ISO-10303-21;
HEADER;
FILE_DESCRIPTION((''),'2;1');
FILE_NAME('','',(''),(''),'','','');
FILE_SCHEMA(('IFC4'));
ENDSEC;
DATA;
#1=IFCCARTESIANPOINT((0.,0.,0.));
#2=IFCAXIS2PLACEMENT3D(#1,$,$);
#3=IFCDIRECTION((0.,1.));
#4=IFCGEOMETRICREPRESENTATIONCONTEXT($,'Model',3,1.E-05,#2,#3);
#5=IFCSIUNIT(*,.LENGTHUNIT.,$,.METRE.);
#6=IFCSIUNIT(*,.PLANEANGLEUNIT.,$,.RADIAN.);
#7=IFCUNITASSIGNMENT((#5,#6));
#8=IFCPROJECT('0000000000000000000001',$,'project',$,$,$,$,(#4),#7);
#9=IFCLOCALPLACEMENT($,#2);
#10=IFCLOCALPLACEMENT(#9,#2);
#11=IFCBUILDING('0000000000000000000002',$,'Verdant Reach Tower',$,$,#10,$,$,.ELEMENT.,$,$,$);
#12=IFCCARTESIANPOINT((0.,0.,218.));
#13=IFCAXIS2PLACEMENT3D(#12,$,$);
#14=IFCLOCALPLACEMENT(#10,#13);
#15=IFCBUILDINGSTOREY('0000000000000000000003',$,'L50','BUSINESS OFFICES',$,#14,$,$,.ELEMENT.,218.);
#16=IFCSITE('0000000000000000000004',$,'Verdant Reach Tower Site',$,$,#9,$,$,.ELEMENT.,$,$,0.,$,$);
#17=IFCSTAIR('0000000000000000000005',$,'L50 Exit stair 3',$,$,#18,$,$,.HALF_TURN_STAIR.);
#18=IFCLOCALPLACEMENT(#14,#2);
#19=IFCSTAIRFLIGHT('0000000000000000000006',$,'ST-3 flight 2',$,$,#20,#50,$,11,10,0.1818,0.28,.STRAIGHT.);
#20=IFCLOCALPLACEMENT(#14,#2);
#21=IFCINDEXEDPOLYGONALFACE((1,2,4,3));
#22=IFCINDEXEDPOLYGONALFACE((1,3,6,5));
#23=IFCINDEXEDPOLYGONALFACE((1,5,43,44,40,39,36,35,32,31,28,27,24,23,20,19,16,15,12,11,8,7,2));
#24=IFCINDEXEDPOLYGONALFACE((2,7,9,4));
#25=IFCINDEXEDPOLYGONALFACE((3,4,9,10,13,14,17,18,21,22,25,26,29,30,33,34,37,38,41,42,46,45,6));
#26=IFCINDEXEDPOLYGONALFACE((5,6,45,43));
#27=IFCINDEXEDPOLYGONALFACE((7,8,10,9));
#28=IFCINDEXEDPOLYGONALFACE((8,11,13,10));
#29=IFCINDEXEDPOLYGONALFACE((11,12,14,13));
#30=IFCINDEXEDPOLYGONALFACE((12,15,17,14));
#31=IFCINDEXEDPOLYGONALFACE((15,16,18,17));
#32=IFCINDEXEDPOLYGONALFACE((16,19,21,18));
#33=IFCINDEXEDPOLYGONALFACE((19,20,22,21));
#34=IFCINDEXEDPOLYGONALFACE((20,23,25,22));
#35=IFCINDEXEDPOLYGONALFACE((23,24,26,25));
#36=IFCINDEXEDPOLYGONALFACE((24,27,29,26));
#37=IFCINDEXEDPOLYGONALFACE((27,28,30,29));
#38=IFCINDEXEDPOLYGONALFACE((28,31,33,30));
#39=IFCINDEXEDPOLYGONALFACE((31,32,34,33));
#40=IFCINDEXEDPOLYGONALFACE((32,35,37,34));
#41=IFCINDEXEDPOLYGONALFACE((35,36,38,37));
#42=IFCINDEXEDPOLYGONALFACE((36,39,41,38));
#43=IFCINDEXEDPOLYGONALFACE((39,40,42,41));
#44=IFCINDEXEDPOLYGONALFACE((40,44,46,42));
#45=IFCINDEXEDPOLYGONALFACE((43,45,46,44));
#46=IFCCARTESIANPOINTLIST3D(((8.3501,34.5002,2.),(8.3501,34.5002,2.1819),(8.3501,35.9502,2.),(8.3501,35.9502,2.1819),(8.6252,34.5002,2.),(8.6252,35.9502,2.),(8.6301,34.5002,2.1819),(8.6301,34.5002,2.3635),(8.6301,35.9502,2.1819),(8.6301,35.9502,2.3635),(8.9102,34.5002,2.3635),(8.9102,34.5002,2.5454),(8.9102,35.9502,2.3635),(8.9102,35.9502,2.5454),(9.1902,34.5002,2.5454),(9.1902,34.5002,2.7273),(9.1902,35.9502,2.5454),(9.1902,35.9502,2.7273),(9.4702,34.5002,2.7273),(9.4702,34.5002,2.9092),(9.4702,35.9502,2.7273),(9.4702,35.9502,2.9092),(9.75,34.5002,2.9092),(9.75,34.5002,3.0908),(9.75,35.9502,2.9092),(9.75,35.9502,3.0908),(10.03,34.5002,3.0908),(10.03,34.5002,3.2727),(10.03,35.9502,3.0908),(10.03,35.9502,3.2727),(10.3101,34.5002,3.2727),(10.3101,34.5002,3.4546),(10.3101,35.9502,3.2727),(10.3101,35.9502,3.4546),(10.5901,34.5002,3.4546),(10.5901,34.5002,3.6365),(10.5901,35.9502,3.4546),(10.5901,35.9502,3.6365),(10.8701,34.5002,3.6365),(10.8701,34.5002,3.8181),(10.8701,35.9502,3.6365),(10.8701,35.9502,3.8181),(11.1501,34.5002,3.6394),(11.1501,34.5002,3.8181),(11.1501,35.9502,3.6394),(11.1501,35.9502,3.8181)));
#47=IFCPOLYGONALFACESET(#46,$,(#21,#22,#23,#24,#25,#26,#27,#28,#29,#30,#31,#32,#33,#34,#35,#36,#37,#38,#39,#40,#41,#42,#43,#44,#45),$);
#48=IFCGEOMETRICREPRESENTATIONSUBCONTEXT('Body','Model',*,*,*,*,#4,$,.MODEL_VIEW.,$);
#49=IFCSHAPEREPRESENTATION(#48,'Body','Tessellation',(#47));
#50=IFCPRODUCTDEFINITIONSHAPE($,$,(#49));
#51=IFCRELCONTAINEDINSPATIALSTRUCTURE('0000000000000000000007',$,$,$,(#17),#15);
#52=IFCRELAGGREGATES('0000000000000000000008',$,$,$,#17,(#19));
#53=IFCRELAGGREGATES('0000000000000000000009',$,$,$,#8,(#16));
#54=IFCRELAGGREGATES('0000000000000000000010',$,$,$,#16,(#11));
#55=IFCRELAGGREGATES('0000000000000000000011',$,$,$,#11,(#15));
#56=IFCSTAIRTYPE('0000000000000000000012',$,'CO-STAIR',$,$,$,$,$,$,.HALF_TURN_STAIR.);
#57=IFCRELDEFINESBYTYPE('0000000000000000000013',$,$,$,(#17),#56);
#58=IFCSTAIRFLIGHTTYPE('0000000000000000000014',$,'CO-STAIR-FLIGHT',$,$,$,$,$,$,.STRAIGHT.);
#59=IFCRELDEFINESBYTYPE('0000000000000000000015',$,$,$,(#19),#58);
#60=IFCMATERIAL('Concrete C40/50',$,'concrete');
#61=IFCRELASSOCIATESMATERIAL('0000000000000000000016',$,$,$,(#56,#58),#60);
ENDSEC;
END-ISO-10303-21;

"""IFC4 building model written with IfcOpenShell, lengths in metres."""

from ifc_helpers import new_model, si_unit, direction, frame, origin, place, context, subcontext, project, spatial, polyline, outline, extrude, material, type_object, element, aggregate, save


model = new_model("IFC4")

# Units and contexts
model_context = context("Model", 3, precision=1e-05, world=origin(), true_north=direction((0.0, 1.0)))
body_context = subcontext(model_context, "Body", "Model", "MODEL_VIEW")
ifc_project = project(units=[si_unit("LENGTHUNIT", "METRE"), si_unit("PLANEANGLEUNIT", "RADIAN")], contexts=[model_context])

# Site, building, storey
site_placement = place(None, origin())
site = spatial("IfcSite", under=ifc_project, at=site_placement, Name="Verdant Reach Tower Site", CompositionType="ELEMENT", RefElevation=0.0)
building_placement = place(site_placement, origin())
building = spatial("IfcBuilding", under=site, at=building_placement, Name="Verdant Reach Tower", CompositionType="ELEMENT")
storey_placement = place(building_placement, frame((0.0, 0.0, 218.0)))
storey = spatial("IfcBuildingStorey", under=building, at=storey_placement, Name="L50", Description="BUSINESS OFFICES", CompositionType="ELEMENT", Elevation=218.0)

# Shared definitions
ifc_material_1 = material(Name="Concrete C40/50", Category="concrete")

# Shared definitions
stair_type = type_object("IfcStairType", Name="CO-STAIR", PredefinedType="HALF_TURN_STAIR", material=ifc_material_1)
stair_flight_type = type_object("IfcStairFlightType", Name="CO-STAIR-FLIGHT", PredefinedType="STRAIGHT", material=ifc_material_1)

# Stair, stair flight
stair_1_placement = place(storey_placement, origin())
stair_1 = element("IfcStair", 1, at=stair_1_placement, inside=storey, type_object=stair_type, Name="L50 Exit stair 3", PredefinedType="HALF_TURN_STAIR")
stair_flight_1_placement = place(storey_placement, frame((8.3501, 35.2251, 2.0), z_axis=(0.0, 0.0, 1.0), x_axis=(1.0, 0.0, 0.0)))
stair_flight_1 = element("IfcStairFlight", 2, at=stair_flight_1_placement, type_object=stair_flight_type, Name="ST-3 flight 2", NumberOfRisers=11, NumberOfTreads=10, PredefinedType="STRAIGHT", RiserHeight=0.1818, TreadLength=0.28, context=body_context, shape_type="SweptSolid", body=[
    extrude(outline(polyline([(0.0, 0.0), (0.0, 0.1819), (0.28, 0.1819), (0.28, 0.3635), (0.5601, 0.3635), (0.5601, 0.5454), (0.8401, 0.5454), (0.8401, 0.7273), (1.1201, 0.7273), (1.1201, 0.9092), (1.3999, 0.9092), (1.3999, 1.0908), (1.6799, 1.0908), (1.6799, 1.2727), (1.96, 1.2727), (1.96, 1.4546), (2.24, 1.4546), (2.24, 1.6365), (2.52, 1.6365), (2.52, 1.8181), (2.8, 1.8181), (2.8, 2.0), (2.8, 1.6394), (0.2751, 0.0), (0.0, 0.0)])), frame((0.0, 0.7251, 0.0), z_axis=(0.0, -1.0, 0.0), x_axis=(1.0, 0.0, 0.0)), (0.0, 0.0, 1.0), 1.45),
])
aggregate(stair_1, [stair_flight_1])

save(model, "model.ifc")
